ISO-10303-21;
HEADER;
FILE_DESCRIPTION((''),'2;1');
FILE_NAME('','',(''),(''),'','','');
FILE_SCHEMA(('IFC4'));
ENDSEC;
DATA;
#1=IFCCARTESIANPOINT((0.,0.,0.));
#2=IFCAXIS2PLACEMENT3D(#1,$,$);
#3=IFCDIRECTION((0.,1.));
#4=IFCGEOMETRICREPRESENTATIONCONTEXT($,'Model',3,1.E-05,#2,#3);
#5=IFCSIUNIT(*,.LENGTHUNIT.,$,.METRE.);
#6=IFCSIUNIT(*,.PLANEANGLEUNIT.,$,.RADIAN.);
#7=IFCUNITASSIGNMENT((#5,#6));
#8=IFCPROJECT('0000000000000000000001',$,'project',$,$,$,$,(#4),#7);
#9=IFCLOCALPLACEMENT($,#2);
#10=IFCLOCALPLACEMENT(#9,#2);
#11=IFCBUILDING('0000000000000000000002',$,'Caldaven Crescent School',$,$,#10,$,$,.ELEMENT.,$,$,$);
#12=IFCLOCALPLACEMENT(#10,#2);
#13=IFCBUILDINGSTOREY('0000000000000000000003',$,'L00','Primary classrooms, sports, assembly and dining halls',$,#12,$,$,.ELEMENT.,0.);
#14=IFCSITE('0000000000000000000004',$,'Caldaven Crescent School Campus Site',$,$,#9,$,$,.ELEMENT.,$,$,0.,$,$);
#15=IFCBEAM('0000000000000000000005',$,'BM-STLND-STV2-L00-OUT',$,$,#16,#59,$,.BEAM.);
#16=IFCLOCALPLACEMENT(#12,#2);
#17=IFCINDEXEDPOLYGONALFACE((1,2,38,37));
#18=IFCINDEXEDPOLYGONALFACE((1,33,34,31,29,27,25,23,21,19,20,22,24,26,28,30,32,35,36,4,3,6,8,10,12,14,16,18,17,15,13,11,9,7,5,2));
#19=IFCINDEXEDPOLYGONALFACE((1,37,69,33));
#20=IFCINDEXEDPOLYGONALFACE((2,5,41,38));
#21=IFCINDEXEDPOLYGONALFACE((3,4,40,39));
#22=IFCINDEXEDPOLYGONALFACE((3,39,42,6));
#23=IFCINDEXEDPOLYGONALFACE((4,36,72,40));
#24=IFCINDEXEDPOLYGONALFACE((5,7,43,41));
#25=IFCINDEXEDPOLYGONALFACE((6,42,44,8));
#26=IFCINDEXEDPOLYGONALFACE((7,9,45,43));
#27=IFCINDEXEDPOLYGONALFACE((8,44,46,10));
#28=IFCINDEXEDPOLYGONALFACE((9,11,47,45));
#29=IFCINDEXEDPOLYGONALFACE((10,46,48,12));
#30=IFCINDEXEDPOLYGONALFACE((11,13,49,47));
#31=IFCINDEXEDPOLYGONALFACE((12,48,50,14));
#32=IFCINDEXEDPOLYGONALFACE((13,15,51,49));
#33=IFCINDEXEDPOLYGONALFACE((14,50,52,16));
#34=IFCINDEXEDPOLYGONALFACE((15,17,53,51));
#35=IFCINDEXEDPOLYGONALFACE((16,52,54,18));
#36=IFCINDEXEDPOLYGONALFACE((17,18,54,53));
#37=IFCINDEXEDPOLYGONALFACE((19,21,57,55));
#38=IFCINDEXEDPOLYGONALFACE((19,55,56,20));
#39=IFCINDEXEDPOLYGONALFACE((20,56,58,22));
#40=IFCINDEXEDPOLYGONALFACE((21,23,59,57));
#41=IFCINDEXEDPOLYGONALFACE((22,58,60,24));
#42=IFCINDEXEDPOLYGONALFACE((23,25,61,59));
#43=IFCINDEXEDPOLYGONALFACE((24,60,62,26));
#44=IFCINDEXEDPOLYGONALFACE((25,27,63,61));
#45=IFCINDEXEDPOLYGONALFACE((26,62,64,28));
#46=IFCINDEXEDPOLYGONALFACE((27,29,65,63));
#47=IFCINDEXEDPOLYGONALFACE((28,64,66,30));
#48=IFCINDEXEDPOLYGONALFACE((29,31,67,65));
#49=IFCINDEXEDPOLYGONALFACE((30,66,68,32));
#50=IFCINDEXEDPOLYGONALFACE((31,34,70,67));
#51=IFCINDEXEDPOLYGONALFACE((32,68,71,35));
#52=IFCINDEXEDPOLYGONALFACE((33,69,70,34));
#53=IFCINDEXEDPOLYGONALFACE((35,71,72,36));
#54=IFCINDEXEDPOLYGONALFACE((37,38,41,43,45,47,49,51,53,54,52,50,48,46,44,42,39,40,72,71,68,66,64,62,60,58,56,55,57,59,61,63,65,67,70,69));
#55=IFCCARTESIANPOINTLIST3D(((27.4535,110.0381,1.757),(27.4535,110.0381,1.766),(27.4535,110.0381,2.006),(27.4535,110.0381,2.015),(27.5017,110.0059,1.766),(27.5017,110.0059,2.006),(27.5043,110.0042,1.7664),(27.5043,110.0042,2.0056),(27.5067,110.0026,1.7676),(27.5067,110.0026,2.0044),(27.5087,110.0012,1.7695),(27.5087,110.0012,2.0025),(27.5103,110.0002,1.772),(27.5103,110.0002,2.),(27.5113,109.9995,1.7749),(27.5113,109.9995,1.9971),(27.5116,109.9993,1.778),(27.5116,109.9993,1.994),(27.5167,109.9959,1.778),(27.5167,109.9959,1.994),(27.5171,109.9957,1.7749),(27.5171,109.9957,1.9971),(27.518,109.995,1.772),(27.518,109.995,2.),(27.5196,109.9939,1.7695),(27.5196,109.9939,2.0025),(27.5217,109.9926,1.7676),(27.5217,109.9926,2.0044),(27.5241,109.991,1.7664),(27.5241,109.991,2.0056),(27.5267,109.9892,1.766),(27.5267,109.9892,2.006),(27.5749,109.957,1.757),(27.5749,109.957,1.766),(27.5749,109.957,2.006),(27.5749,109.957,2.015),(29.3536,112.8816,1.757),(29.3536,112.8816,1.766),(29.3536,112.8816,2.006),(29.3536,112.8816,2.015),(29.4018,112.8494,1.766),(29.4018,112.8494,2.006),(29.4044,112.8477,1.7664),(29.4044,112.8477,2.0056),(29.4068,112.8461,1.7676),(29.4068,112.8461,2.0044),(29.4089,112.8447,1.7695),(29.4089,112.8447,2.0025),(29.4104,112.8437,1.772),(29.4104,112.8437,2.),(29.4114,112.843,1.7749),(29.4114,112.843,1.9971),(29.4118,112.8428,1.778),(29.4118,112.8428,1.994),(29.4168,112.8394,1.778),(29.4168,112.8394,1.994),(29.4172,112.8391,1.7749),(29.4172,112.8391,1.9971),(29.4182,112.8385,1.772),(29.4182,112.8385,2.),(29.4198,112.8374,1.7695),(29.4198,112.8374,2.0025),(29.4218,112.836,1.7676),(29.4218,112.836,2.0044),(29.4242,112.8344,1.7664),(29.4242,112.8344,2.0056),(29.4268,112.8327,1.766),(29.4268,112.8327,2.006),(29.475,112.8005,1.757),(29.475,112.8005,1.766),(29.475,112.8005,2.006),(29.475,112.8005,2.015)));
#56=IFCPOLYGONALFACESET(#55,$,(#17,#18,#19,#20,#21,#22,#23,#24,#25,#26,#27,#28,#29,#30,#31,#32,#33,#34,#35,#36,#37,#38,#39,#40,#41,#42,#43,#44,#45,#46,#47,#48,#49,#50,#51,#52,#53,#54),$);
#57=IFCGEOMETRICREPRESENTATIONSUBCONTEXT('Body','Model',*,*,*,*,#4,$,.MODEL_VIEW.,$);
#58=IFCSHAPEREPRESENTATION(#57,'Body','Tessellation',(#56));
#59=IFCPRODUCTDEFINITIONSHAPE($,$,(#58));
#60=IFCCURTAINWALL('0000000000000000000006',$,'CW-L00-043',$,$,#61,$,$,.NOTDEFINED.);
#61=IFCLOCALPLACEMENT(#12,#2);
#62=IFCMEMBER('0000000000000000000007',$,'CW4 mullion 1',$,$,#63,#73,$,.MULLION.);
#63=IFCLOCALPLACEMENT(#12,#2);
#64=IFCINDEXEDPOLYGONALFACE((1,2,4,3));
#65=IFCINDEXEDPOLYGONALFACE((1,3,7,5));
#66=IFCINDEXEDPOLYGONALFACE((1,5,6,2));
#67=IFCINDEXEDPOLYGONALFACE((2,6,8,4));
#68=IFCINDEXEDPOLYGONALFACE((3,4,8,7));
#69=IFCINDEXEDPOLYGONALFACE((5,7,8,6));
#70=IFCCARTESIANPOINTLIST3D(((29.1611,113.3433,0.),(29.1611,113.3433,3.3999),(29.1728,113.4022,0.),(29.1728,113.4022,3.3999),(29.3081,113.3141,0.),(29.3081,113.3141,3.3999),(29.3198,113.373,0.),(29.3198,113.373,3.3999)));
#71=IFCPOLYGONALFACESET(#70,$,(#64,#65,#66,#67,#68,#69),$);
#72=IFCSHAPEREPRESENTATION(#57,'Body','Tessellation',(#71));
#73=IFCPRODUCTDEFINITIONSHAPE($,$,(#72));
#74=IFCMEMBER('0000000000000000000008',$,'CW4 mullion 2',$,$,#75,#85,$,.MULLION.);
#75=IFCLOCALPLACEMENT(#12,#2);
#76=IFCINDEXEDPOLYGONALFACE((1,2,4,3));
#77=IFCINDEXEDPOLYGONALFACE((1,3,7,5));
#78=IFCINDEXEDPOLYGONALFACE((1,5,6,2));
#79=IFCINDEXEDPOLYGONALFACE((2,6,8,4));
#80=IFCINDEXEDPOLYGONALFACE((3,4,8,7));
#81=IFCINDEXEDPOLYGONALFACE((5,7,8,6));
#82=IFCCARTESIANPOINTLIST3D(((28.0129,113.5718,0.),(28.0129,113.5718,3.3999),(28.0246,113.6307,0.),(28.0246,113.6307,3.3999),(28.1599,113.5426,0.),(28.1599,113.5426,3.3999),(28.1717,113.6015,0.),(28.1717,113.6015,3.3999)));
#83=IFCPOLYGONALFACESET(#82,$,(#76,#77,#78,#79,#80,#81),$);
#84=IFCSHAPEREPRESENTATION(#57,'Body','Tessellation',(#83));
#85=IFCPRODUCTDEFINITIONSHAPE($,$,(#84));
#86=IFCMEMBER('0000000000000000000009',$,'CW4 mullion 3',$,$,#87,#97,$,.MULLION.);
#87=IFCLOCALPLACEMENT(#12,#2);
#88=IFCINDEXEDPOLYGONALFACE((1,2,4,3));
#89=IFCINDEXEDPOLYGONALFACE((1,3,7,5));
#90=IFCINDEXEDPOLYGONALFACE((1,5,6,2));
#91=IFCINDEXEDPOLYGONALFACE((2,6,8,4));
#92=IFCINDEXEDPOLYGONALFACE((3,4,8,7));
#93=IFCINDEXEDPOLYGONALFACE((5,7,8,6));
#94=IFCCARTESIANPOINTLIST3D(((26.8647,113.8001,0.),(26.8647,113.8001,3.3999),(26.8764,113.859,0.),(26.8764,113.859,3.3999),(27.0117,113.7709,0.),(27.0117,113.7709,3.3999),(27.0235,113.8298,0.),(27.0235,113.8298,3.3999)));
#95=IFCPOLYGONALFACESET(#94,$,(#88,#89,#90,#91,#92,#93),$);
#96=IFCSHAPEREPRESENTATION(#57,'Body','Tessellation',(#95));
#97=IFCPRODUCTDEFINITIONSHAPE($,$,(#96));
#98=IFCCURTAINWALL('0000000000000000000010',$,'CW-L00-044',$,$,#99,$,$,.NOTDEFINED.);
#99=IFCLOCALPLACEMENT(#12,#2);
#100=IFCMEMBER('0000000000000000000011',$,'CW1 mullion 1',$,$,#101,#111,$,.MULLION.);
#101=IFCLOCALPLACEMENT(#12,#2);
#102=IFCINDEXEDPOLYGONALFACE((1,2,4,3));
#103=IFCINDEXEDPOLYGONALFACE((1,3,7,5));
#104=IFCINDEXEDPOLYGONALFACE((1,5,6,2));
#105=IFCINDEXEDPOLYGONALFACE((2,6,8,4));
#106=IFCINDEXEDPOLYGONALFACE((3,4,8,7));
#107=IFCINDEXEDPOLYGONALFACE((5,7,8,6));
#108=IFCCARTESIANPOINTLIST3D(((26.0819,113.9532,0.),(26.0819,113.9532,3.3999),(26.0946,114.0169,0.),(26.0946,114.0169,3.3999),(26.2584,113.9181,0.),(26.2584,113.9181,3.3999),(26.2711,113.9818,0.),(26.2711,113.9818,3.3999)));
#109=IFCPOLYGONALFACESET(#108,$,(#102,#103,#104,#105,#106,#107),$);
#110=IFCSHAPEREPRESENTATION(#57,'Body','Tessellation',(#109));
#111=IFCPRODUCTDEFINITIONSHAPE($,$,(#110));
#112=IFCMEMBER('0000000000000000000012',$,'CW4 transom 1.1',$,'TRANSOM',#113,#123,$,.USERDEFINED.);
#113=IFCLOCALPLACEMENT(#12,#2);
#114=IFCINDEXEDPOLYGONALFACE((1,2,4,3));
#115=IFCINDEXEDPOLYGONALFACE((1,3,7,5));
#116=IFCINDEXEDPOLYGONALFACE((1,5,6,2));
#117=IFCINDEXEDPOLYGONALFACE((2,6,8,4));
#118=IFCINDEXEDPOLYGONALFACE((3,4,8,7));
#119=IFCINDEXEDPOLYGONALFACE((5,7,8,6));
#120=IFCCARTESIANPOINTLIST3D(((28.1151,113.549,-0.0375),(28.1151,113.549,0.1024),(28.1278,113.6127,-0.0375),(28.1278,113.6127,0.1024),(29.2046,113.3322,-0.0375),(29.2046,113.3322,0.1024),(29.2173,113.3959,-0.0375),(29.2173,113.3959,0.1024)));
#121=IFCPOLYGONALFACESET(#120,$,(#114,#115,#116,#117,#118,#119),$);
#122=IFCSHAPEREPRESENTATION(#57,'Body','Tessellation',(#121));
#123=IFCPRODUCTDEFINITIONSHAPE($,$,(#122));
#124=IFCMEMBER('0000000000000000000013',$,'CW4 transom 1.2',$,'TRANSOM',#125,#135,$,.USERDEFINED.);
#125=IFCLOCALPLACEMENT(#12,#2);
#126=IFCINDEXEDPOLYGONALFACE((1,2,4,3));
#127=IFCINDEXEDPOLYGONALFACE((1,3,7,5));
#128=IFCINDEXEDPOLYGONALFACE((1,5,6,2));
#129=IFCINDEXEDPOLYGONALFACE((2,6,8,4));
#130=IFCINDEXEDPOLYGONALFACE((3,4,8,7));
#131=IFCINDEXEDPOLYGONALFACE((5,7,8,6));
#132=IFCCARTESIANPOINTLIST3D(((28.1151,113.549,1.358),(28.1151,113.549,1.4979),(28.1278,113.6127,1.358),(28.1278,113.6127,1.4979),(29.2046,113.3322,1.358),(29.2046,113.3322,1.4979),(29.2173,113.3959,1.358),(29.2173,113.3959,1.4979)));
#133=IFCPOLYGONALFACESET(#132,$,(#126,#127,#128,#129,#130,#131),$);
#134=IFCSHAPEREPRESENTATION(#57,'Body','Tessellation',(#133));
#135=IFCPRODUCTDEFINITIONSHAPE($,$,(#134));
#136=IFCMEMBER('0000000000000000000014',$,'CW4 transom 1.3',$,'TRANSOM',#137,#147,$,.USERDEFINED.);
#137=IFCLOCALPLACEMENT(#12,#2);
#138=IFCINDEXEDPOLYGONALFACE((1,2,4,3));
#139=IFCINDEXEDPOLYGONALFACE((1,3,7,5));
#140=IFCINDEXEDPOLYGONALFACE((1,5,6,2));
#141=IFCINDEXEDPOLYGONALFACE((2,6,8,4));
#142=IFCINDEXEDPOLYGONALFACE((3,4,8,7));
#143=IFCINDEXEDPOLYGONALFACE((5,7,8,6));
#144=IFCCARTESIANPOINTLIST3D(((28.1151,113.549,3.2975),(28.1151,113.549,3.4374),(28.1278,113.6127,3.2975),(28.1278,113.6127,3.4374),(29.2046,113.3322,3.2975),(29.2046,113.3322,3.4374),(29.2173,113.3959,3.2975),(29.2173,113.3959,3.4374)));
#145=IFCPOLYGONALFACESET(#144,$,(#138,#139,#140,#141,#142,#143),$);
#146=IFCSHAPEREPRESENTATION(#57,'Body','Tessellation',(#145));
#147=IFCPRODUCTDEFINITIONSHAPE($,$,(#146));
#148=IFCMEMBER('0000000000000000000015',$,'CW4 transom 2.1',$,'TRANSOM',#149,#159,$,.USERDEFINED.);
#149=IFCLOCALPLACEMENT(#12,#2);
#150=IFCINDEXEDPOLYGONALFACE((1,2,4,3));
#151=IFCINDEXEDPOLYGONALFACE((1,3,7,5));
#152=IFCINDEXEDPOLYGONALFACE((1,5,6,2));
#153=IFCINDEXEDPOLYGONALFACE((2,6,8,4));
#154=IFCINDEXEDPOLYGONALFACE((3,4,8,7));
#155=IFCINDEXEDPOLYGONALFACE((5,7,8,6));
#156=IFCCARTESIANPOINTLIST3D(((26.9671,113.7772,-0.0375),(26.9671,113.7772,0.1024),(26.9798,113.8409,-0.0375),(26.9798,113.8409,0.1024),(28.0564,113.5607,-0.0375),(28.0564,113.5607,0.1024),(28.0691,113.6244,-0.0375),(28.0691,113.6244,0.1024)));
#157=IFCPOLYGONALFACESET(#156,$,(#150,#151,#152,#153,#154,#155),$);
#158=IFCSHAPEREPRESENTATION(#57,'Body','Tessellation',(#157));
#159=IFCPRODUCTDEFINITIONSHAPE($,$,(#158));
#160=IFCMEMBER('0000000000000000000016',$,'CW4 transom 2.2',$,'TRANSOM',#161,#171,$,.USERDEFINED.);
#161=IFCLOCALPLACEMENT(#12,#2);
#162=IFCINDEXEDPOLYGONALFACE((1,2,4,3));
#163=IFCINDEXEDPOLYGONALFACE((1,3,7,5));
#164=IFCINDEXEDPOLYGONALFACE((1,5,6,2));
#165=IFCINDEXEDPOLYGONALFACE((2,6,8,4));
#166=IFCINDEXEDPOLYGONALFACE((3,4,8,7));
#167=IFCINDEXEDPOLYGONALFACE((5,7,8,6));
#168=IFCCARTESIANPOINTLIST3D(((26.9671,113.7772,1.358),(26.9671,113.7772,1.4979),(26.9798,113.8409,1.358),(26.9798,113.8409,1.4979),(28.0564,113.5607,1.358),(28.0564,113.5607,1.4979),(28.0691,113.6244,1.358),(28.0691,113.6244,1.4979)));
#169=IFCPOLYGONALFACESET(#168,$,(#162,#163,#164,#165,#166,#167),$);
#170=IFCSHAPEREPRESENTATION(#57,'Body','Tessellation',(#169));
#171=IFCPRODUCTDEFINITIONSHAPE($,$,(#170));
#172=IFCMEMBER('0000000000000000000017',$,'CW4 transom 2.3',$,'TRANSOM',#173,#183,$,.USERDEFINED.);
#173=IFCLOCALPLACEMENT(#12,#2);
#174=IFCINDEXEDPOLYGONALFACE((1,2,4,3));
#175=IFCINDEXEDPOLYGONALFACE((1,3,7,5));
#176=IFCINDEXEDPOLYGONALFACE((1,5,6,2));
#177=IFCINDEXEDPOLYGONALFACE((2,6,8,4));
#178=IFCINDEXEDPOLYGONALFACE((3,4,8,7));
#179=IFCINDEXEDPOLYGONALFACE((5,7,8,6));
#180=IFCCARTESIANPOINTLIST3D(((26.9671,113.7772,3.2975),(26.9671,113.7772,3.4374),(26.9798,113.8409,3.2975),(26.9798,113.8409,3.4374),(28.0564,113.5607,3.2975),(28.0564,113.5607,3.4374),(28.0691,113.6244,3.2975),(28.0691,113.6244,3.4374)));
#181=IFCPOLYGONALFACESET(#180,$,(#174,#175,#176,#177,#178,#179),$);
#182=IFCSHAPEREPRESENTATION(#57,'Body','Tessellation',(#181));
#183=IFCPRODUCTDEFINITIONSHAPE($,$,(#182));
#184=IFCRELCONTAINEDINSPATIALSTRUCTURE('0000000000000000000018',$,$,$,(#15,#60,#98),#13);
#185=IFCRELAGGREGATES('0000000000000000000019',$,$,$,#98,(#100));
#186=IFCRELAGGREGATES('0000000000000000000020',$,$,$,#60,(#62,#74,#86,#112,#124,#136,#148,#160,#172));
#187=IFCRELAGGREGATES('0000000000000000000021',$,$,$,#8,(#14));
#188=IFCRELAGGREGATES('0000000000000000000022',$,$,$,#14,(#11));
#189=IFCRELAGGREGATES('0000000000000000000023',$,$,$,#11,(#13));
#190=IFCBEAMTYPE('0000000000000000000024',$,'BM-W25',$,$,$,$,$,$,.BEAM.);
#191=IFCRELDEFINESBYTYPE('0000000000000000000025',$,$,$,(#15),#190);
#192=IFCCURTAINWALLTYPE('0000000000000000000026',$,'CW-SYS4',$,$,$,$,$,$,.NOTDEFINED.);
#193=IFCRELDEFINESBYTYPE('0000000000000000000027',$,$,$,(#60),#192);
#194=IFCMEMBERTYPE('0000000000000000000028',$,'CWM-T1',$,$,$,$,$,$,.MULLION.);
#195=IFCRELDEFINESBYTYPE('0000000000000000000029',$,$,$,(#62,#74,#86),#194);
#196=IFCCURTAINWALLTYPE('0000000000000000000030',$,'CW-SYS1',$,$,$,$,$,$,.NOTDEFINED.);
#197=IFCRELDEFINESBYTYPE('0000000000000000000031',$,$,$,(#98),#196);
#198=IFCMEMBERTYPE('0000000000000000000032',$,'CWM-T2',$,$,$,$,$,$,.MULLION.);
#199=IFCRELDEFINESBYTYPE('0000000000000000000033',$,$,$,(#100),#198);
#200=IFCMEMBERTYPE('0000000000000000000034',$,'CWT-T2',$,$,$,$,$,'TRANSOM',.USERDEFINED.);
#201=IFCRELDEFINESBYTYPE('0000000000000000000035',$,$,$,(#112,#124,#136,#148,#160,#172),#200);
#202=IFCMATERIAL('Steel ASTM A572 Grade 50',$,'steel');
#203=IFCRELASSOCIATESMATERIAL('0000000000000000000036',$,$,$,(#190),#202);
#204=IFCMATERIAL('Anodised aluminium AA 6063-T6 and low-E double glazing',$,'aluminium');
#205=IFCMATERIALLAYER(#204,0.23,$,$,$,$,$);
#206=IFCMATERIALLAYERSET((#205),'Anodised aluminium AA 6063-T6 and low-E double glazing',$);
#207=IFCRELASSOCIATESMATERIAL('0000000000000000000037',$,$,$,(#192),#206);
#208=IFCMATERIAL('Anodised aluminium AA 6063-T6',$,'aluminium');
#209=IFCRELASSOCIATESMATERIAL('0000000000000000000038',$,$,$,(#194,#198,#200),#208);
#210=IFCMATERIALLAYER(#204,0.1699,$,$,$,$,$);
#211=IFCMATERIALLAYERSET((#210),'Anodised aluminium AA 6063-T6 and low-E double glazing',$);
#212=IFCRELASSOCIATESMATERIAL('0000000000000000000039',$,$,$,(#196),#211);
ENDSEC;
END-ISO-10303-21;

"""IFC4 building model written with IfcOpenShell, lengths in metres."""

from ifc_helpers import new_model, si_unit, direction, frame, origin, origin_2d, place, context, subcontext, project, spatial, rectangle, i_section, extrude, material, layer, layer_set, material_profile, profile_set, type_object, element, aggregate, save


model = new_model("IFC4")

# Units and contexts
model_context = context("Model", 3, precision=1e-05, world=origin(), true_north=direction((0.0, 1.0)))
body_context = subcontext(model_context, "Body", "Model", "MODEL_VIEW")
ifc_project = project(units=[si_unit("LENGTHUNIT", "METRE"), si_unit("PLANEANGLEUNIT", "RADIAN")], contexts=[model_context])

# Site, building, storey
site_placement = place(None, origin())
site = spatial("IfcSite", under=ifc_project, at=site_placement, Name="Caldaven Crescent School Campus Site", CompositionType="ELEMENT", RefElevation=0.0)
building_placement = place(site_placement, origin())
building = spatial("IfcBuilding", under=site, at=building_placement, Name="Caldaven Crescent School", CompositionType="ELEMENT")
storey_placement = place(building_placement, origin())
storey = spatial("IfcBuildingStorey", under=building, at=storey_placement, Name="L00", Description="Primary classrooms, sports, assembly and dining halls", CompositionType="ELEMENT", Elevation=0.0)

# Shared definitions
ifc_material_1 = material(Name="Steel ASTM A572 Grade 50", Category="steel")

# Beam
ifc_material_profile_1 = material_profile(ifc_material_1, i_section(OverallWidth=0.146, OverallDepth=0.2581, WebThickness=0.0061, FlangeThickness=0.009, FilletRadius=0.012, at=origin_2d()), Name="W250x33")
ifc_profile_set_1 = profile_set([ifc_material_profile_1], Name="Steel ASTM A572 Grade 50")
beam_type_1 = type_object("IfcBeamType", Name="BM-W25", PredefinedType="BEAM", material=ifc_profile_set_1)
beam_1_placement = place(storey_placement, frame((29.4143, 112.8411, 1.886), z_axis=(-0.555606, -0.831446, 0.0), x_axis=(0.831446, -0.555606, 0.0)))
element("IfcBeam", 1, at=beam_1_placement, inside=storey, type_object=beam_type_1, Name="BM-STLND-STV2-L00-OUT", PredefinedType="BEAM", context=body_context, shape_type="SweptSolid", body=[
    extrude(i_section(OverallWidth=0.146, OverallDepth=0.2581, WebThickness=0.0061, FlangeThickness=0.009, FilletRadius=0.012, at=origin_2d()), origin(), (0.0, 0.0, 1.0), 3.4199),
])

# Curtain wall, members
ifc_material_2 = material(Name="Anodised aluminium AA 6063-T6 and low-E double glazing", Category="aluminium")
ifc_layer_1 = layer(ifc_material_2, 0.23)
ifc_layer_set_1 = layer_set([ifc_layer_1], Name="Anodised aluminium AA 6063-T6 and low-E double glazing")
curtain_wall_type_1 = type_object("IfcCurtainWallType", Name="CW-SYS4", PredefinedType="NOTDEFINED", material=ifc_layer_set_1)
curtain_wall_1_placement = place(storey_placement, origin())
curtain_wall_1 = element("IfcCurtainWall", 2, at=curtain_wall_1_placement, inside=storey, type_object=curtain_wall_type_1, Name="CW-L00-043", PredefinedType="NOTDEFINED")
ifc_material_3 = material(Name="Anodised aluminium AA 6063-T6", Category="aluminium")
ifc_material_profile_2 = material_profile(ifc_material_3, rectangle(XDim=0.0601, YDim=0.1499, at=origin_2d()), Name="CWM 60x150")
ifc_profile_set_2 = profile_set([ifc_material_profile_2], Name="Anodised aluminium AA 6063-T6")
member_type_1 = type_object("IfcMemberType", Name="CWM-T1", PredefinedType="MULLION", material=ifc_profile_set_2)
member_1_placement = place(storey_placement, frame((29.2405, 113.3582, 0.0), z_axis=(0.0, 0.0, 1.0), x_axis=(-0.195087, -0.980786, 0.0)))
member_1 = element("IfcMember", 3, at=member_1_placement, type_object=member_type_1, Name="CW4 mullion 1", PredefinedType="MULLION", context=body_context, shape_type="SweptSolid", body=[
    extrude(rectangle(XDim=0.0601, YDim=0.1499, at=origin_2d()), origin(), (0.0, 0.0, 1.0), 3.3999),
])
member_2_placement = place(storey_placement, frame((28.0923, 113.5867, 0.0), z_axis=(0.0, 0.0, 1.0), x_axis=(-0.195087, -0.980786, 0.0)))
member_2 = element("IfcMember", 4, at=member_2_placement, type_object=member_type_1, Name="CW4 mullion 2", PredefinedType="MULLION", context=body_context, shape_type="SweptSolid", body=[
    extrude(rectangle(XDim=0.0601, YDim=0.1499, at=origin_2d()), origin(), (0.0, 0.0, 1.0), 3.3999),
])
member_3_placement = place(storey_placement, frame((26.9441, 113.8149, 0.0), z_axis=(0.0, 0.0, 1.0), x_axis=(-0.195087, -0.980786, 0.0)))
member_3 = element("IfcMember", 5, at=member_3_placement, type_object=member_type_1, Name="CW4 mullion 3", PredefinedType="MULLION", context=body_context, shape_type="SweptSolid", body=[
    extrude(rectangle(XDim=0.0601, YDim=0.1499, at=origin_2d()), origin(), (0.0, 0.0, 1.0), 3.3999),
])

# Curtain wall, member
ifc_layer_2 = layer(ifc_material_2, 0.1699)
ifc_layer_set_2 = layer_set([ifc_layer_2], Name="Anodised aluminium AA 6063-T6 and low-E double glazing")
curtain_wall_type_2 = type_object("IfcCurtainWallType", Name="CW-SYS1", PredefinedType="NOTDEFINED", material=ifc_layer_set_2)
curtain_wall_2_placement = place(storey_placement, origin())
curtain_wall_2 = element("IfcCurtainWall", 6, at=curtain_wall_2_placement, inside=storey, type_object=curtain_wall_type_2, Name="CW-L00-044", PredefinedType="NOTDEFINED")
ifc_material_profile_3 = material_profile(ifc_material_3, rectangle(XDim=0.0649, YDim=0.1799, at=origin_2d()), Name="CWM 65x180")
ifc_profile_set_3 = profile_set([ifc_material_profile_3], Name="Anodised aluminium AA 6063-T6")
member_type_2 = type_object("IfcMemberType", Name="CWM-T2", PredefinedType="MULLION", material=ifc_profile_set_3)
member_4_placement = place(storey_placement, frame((26.1765, 113.9675, 0.0), z_axis=(0.0, 0.0, 1.0), x_axis=(-0.195091, -0.980785, 0.0)))
member_4 = element("IfcMember", 7, at=member_4_placement, type_object=member_type_2, Name="CW1 mullion 1", PredefinedType="MULLION", context=body_context, shape_type="SweptSolid", body=[
    extrude(rectangle(XDim=0.0649, YDim=0.1799, at=origin_2d()), origin(), (0.0, 0.0, 1.0), 3.3999),
])

# Members
ifc_material_profile_4 = material_profile(ifc_material_3, rectangle(XDim=0.0649, YDim=0.1399, at=origin_2d()), Name="CWT 65x140")
ifc_profile_set_4 = profile_set([ifc_material_profile_4], Name="Anodised aluminium AA 6063-T6")
member_type_3 = type_object("IfcMemberType", Name="CWT-T2", ElementType="TRANSOM", PredefinedType="USERDEFINED", material=ifc_profile_set_4)
member_5_placement = place(storey_placement, frame((29.2109, 113.364, 0.0325), z_axis=(-0.980766, 0.195186, 0.0), x_axis=(-0.195186, -0.980766, 0.0)))
member_5 = element("IfcMember", 8, at=member_5_placement, type_object=member_type_3, Name="CW4 transom 1.1", ObjectType="TRANSOM", PredefinedType="USERDEFINED", context=body_context, shape_type="SweptSolid", body=[
    extrude(rectangle(XDim=0.0649, YDim=0.1399, at=origin_2d()), origin(), (0.0, 0.0, 1.0), 1.1108),
])
member_6_placement = place(storey_placement, frame((29.2109, 113.364, 1.428), z_axis=(-0.980766, 0.195186, 0.0), x_axis=(-0.195186, -0.980766, 0.0)))
member_6 = element("IfcMember", 9, at=member_6_placement, type_object=member_type_3, Name="CW4 transom 1.2", ObjectType="TRANSOM", PredefinedType="USERDEFINED", context=body_context, shape_type="SweptSolid", body=[
    extrude(rectangle(XDim=0.0649, YDim=0.1399, at=origin_2d()), origin(), (0.0, 0.0, 1.0), 1.1108),
])
member_7_placement = place(storey_placement, frame((29.2109, 113.364, 3.3674), z_axis=(-0.980766, 0.195186, 0.0), x_axis=(-0.195186, -0.980766, 0.0)))
member_7 = element("IfcMember", 10, at=member_7_placement, type_object=member_type_3, Name="CW4 transom 1.3", ObjectType="TRANSOM", PredefinedType="USERDEFINED", context=body_context, shape_type="SweptSolid", body=[
    extrude(rectangle(XDim=0.0649, YDim=0.1399, at=origin_2d()), origin(), (0.0, 0.0, 1.0), 1.1108),
])
member_8_placement = place(storey_placement, frame((28.0627, 113.5925, 0.0325), z_axis=(-0.980808, 0.194975, 0.0), x_axis=(-0.194975, -0.980808, 0.0)))
member_8 = element("IfcMember", 11, at=member_8_placement, type_object=member_type_3, Name="CW4 transom 2.1", ObjectType="TRANSOM", PredefinedType="USERDEFINED", context=body_context, shape_type="SweptSolid", body=[
    extrude(rectangle(XDim=0.0649, YDim=0.1399, at=origin_2d()), origin(), (0.0, 0.0, 1.0), 1.1106),
])
member_9_placement = place(storey_placement, frame((28.0627, 113.5925, 1.428), z_axis=(-0.980808, 0.194975, 0.0), x_axis=(-0.194975, -0.980808, 0.0)))
member_9 = element("IfcMember", 12, at=member_9_placement, type_object=member_type_3, Name="CW4 transom 2.2", ObjectType="TRANSOM", PredefinedType="USERDEFINED", context=body_context, shape_type="SweptSolid", body=[
    extrude(rectangle(XDim=0.0649, YDim=0.1399, at=origin_2d()), origin(), (0.0, 0.0, 1.0), 1.1106),
])
member_10_placement = place(storey_placement, frame((28.0627, 113.5925, 3.3674), z_axis=(-0.980808, 0.194975, 0.0), x_axis=(-0.194975, -0.980808, 0.0)))
member_10 = element("IfcMember", 13, at=member_10_placement, type_object=member_type_3, Name="CW4 transom 2.3", ObjectType="TRANSOM", PredefinedType="USERDEFINED", context=body_context, shape_type="SweptSolid", body=[
    extrude(rectangle(XDim=0.0649, YDim=0.1399, at=origin_2d()), origin(), (0.0, 0.0, 1.0), 1.1106),
])
aggregate(curtain_wall_2, [member_4])

aggregate(curtain_wall_1, [member_1, member_2, member_3, member_5, member_6, member_7, member_8, member_9, member_10])

save(model, "model.ifc")
